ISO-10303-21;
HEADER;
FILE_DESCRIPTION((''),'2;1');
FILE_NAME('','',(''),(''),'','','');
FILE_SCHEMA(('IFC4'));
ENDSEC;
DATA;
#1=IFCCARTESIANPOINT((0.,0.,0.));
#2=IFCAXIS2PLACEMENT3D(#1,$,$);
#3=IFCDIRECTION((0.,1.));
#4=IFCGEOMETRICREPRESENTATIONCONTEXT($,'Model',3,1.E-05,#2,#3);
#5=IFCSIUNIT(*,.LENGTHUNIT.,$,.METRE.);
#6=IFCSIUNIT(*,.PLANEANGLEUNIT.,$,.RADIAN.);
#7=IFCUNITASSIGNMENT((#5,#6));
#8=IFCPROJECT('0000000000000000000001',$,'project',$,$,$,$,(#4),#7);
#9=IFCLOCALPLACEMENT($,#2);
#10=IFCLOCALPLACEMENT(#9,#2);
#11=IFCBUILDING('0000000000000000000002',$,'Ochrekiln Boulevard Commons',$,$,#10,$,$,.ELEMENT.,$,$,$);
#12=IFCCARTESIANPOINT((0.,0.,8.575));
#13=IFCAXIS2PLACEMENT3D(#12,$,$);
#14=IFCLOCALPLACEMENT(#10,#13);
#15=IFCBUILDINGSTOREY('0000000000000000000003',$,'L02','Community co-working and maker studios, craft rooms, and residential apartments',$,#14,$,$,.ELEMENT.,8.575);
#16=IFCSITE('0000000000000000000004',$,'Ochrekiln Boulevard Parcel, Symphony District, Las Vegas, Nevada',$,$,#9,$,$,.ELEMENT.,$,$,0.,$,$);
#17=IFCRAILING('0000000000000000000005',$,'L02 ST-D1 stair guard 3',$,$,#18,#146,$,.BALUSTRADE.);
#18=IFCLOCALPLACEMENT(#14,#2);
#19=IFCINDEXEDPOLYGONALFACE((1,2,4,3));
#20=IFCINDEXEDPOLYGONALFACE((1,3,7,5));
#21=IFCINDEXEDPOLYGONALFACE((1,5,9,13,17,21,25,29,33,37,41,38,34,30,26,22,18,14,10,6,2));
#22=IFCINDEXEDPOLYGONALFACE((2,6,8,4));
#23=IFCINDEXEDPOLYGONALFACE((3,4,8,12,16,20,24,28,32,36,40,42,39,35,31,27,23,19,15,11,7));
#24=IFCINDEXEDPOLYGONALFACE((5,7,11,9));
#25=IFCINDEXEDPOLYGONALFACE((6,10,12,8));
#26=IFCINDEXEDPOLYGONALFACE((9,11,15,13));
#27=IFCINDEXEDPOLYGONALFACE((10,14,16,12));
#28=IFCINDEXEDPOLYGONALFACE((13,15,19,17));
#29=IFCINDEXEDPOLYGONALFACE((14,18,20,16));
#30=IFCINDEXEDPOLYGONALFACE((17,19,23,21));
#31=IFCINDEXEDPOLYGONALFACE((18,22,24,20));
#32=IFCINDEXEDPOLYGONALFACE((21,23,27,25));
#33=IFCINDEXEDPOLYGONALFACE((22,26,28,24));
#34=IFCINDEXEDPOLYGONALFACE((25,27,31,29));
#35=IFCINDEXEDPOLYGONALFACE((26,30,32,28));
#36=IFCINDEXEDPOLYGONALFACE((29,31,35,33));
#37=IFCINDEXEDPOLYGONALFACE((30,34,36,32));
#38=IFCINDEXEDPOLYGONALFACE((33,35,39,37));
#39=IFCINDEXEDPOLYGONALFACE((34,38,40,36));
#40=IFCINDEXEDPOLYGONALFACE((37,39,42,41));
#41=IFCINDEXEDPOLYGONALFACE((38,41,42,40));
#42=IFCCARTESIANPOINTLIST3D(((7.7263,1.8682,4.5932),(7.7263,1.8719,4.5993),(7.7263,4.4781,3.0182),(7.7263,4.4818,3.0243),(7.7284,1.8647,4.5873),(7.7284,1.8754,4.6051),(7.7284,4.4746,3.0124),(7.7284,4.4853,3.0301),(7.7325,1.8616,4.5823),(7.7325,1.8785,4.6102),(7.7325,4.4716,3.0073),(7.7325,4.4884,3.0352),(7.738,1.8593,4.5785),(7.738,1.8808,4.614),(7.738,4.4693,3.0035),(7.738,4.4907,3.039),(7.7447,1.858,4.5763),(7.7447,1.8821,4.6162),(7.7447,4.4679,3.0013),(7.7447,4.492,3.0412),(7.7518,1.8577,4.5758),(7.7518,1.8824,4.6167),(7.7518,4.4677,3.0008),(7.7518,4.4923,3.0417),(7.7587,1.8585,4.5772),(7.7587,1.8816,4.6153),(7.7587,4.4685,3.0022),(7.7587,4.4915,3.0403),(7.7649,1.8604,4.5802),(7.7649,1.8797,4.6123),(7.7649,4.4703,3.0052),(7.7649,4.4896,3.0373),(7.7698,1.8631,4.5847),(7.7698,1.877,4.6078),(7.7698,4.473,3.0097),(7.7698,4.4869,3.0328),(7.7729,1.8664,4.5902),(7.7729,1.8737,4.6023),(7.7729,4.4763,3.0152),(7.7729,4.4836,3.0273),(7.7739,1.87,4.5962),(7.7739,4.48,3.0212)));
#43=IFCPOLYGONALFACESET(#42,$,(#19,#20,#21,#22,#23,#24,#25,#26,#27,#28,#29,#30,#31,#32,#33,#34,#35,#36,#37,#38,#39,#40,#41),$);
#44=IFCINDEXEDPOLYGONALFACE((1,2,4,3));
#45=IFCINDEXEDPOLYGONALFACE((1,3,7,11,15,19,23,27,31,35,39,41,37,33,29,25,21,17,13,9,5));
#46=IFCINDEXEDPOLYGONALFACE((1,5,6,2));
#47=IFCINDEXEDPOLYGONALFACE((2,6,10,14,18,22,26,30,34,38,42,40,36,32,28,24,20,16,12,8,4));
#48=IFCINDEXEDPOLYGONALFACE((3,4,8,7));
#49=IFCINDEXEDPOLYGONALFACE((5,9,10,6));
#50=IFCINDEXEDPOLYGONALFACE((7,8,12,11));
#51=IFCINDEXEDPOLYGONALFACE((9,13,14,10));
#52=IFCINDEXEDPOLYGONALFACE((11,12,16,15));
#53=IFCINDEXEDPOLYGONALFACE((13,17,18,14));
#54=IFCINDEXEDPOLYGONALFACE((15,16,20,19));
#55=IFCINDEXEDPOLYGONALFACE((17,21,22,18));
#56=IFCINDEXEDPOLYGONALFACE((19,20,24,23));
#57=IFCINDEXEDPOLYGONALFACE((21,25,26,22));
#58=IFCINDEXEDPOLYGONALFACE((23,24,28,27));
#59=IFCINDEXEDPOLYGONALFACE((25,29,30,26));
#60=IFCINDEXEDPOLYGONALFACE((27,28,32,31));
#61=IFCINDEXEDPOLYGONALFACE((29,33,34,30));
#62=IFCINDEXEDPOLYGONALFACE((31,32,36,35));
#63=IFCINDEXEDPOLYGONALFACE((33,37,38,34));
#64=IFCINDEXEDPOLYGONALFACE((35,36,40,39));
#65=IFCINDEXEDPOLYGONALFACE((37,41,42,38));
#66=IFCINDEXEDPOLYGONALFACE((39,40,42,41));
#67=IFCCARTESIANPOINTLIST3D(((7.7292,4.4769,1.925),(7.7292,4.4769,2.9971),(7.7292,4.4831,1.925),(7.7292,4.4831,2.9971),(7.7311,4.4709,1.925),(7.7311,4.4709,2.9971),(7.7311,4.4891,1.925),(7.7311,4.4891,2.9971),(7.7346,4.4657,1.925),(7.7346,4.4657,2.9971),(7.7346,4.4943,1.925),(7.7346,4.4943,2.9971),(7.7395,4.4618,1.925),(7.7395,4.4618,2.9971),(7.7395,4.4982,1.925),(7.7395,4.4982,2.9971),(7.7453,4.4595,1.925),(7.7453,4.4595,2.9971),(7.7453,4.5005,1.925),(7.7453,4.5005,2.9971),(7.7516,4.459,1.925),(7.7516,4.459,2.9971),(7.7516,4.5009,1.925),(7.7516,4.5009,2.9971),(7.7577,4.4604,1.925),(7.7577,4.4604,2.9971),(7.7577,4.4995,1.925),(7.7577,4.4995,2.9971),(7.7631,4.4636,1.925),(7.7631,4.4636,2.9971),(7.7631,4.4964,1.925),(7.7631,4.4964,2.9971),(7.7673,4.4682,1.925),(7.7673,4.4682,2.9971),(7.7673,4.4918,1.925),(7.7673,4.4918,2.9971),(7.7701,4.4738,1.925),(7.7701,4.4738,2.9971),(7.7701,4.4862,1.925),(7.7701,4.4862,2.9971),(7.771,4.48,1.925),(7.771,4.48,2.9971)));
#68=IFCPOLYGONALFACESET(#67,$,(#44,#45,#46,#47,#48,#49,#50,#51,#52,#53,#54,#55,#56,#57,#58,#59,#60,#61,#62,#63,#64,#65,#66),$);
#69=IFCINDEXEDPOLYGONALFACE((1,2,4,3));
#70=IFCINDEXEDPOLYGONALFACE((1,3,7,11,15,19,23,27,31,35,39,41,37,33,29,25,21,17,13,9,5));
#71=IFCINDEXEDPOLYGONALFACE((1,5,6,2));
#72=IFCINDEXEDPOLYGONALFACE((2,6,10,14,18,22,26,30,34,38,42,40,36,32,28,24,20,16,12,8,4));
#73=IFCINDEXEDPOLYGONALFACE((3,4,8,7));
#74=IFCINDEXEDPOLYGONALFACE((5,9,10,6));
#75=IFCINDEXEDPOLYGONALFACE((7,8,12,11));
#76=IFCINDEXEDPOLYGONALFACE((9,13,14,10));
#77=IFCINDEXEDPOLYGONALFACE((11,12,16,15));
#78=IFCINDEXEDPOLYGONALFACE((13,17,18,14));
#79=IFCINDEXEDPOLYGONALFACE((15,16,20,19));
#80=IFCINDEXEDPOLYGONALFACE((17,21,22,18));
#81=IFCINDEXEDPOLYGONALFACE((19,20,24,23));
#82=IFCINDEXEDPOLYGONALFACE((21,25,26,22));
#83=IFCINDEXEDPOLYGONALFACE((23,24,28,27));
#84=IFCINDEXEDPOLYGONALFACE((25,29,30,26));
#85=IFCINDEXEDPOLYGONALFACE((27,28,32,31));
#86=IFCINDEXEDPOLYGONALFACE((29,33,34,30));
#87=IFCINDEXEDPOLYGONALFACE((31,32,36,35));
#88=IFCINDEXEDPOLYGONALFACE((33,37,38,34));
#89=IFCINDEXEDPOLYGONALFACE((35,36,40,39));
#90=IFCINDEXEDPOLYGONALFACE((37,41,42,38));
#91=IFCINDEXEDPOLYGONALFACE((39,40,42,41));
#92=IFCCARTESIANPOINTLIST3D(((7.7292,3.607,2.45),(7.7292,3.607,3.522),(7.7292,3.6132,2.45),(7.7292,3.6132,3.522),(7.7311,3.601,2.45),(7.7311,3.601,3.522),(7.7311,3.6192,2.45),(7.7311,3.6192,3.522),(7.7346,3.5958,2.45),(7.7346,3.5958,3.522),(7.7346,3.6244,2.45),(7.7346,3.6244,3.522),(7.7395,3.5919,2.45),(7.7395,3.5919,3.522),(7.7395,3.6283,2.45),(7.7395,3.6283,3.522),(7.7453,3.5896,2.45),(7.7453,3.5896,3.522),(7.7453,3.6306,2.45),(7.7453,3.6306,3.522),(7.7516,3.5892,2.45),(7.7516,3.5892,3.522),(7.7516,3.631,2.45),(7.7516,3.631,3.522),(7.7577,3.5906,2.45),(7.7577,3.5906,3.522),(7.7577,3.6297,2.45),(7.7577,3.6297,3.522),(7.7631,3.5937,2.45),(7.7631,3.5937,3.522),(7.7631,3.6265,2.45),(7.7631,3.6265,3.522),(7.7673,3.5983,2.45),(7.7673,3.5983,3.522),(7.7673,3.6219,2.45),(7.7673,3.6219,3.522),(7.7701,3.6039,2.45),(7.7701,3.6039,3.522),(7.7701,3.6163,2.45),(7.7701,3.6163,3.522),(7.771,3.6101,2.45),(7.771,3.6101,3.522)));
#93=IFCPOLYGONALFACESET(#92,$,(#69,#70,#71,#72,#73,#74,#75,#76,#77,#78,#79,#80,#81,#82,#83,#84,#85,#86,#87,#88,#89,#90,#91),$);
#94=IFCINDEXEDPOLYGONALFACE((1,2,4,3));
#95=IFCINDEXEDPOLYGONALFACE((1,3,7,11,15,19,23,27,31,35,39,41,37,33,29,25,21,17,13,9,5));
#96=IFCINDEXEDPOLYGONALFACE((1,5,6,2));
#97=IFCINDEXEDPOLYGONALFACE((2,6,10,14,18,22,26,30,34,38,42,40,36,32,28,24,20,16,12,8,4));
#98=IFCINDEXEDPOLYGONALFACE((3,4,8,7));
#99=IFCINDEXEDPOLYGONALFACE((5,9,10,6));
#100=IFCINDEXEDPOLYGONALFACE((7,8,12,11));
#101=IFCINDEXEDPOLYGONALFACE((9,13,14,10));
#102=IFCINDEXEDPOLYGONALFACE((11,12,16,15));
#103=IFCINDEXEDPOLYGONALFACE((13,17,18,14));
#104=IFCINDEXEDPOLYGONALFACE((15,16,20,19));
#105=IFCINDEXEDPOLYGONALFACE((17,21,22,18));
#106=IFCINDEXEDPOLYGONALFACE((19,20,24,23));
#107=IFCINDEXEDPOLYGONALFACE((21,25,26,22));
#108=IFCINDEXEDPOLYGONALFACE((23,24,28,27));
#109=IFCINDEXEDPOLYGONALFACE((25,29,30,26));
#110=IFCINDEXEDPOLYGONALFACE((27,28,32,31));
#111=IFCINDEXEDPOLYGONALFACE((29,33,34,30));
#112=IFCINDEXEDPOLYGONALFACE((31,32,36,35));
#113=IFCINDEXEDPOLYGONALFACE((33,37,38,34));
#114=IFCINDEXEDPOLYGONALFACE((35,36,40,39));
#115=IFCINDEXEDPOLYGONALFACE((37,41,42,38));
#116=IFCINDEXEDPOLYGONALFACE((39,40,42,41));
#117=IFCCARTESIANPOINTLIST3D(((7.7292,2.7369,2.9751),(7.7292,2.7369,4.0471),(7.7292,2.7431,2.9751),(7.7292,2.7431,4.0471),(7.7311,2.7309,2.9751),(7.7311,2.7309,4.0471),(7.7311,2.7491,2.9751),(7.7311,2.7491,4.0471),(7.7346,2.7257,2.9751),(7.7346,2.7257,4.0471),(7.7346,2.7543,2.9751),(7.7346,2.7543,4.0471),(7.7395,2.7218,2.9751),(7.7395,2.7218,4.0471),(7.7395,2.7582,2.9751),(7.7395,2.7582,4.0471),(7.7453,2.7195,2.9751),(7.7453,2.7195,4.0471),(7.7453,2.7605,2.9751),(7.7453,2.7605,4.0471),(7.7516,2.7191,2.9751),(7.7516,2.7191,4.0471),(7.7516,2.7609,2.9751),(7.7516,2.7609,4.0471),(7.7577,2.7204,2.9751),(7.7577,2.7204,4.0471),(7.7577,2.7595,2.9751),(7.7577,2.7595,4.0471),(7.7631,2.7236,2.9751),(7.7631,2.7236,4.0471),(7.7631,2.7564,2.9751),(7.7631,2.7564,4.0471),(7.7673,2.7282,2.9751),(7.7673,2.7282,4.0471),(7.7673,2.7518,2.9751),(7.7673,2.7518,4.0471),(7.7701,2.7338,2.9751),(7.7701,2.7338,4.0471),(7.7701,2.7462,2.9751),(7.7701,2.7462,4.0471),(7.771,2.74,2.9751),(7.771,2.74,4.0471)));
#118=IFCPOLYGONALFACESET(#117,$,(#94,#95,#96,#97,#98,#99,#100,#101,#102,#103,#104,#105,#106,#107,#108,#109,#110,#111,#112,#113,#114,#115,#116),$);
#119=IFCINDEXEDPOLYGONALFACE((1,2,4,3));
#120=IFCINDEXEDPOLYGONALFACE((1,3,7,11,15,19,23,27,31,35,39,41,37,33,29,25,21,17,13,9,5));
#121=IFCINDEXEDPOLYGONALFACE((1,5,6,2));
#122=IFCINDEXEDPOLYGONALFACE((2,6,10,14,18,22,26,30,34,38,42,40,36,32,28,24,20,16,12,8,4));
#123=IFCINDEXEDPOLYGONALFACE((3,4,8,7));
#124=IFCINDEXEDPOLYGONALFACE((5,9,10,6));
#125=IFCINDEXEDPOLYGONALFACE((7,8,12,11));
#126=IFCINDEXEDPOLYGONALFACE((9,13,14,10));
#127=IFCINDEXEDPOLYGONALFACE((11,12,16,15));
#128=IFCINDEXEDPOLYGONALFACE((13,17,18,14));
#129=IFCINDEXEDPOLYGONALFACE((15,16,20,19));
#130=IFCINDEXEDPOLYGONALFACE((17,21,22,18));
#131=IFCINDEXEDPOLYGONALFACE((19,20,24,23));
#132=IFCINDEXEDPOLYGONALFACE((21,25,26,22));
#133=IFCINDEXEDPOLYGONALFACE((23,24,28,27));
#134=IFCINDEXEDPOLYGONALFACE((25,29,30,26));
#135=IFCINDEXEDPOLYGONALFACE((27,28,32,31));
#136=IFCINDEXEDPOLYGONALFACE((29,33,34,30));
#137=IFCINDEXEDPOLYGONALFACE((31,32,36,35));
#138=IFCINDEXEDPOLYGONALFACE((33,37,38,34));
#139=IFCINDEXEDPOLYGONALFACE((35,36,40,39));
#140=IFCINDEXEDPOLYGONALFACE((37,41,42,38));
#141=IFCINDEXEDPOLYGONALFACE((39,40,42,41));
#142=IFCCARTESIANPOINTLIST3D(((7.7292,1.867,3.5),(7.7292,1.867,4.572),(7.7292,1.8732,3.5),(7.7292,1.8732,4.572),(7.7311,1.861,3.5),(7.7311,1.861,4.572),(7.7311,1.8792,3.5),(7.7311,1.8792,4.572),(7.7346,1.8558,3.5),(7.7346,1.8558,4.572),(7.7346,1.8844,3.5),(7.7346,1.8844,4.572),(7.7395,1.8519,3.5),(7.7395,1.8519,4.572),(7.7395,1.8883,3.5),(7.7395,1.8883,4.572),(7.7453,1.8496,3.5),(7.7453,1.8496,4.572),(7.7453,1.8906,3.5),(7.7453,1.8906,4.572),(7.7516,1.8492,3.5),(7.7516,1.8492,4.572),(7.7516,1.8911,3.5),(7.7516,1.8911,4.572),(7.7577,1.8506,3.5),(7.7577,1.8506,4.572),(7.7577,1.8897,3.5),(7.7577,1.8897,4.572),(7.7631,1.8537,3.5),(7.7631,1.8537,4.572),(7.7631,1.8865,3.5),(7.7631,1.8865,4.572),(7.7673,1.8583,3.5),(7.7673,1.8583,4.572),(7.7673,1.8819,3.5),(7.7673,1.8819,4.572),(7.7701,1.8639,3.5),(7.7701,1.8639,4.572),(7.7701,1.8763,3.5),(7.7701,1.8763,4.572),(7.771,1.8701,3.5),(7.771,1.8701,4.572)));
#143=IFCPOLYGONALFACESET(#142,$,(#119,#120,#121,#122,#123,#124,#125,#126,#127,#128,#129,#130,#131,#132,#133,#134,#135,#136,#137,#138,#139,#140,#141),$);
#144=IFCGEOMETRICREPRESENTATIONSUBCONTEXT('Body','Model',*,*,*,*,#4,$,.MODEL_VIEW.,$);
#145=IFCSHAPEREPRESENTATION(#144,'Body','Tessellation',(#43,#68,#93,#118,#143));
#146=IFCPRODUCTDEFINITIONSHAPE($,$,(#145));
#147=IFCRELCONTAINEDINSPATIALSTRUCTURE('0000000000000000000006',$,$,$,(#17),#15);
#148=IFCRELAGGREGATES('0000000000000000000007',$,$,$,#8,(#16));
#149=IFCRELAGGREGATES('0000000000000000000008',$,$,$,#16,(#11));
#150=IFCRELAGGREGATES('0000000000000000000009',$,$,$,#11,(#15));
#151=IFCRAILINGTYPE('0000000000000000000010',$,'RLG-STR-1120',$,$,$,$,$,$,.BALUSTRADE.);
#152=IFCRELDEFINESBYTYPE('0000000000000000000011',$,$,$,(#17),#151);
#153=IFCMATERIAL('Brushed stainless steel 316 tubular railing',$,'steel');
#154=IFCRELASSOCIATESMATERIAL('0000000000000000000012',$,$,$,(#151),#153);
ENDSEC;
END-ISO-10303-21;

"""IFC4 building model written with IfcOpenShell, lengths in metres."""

from ifc_helpers import new_model, si_unit, direction, frame, origin, origin_2d, place, context, subcontext, project, spatial, circle, extrude, material, type_object, element, save


model = new_model("IFC4")

# Units and contexts
model_context = context("Model", 3, precision=1e-05, world=origin(), true_north=direction((0.0, 1.0)))
body_context = subcontext(model_context, "Body", "Model", "MODEL_VIEW")
ifc_project = project(units=[si_unit("LENGTHUNIT", "METRE"), si_unit("PLANEANGLEUNIT", "RADIAN")], contexts=[model_context])

# Site, building, storey
site_placement = place(None, origin())
site = spatial("IfcSite", under=ifc_project, at=site_placement, Name="Ochrekiln Boulevard Parcel, Symphony District, Las Vegas, Nevada", CompositionType="ELEMENT", RefElevation=0.0)
building_placement = place(site_placement, origin())
building = spatial("IfcBuilding", under=site, at=building_placement, Name="Ochrekiln Boulevard Commons", CompositionType="ELEMENT")
storey_placement = place(building_placement, frame((0.0, 0.0, 8.575)))
storey = spatial("IfcBuildingStorey", under=building, at=storey_placement, Name="L02", Description="Community co-working and maker studios, craft rooms, and residential apartments", CompositionType="ELEMENT", Elevation=8.575)

# Railing
ifc_material_1 = material(Name="Brushed stainless steel 316 tubular railing", Category="steel")
railing_type_1 = type_object("IfcRailingType", Name="RLG-STR-1120", PredefinedType="BALUSTRADE", material=ifc_material_1)
railing_1_placement = place(storey_placement, frame((7.75, 4.48, 1.925)))
element("IfcRailing", 1, at=railing_1_placement, inside=storey, type_object=railing_type_1, Name="L02 ST-D1 stair guard 3", PredefinedType="BALUSTRADE", context=body_context, shape_type="SweptSolid", body=[
    extrude(circle(Radius=0.0239, at=origin_2d()), frame((0.0, 0.0, 1.0962), z_axis=(0.0, -0.856183, 0.516673), x_axis=(1.0, 0.0, 0.0)), (0.0, 0.0, 1.0), 3.0483),
    extrude(circle(Radius=0.021, at=origin_2d()), origin(), (0.0, 0.0, 1.0), 1.072),
    extrude(circle(Radius=0.021, at=origin_2d()), frame((0.0, -0.8699, 0.5249)), (0.0, 0.0, 1.0), 1.072),
    extrude(circle(Radius=0.021, at=origin_2d()), frame((0.0, -1.74, 1.05)), (0.0, 0.0, 1.0), 1.072),
    extrude(circle(Radius=0.021, at=origin_2d()), frame((0.0, -2.6099, 1.575)), (0.0, 0.0, 1.0), 1.072),
])

save(model, "model.ifc")
